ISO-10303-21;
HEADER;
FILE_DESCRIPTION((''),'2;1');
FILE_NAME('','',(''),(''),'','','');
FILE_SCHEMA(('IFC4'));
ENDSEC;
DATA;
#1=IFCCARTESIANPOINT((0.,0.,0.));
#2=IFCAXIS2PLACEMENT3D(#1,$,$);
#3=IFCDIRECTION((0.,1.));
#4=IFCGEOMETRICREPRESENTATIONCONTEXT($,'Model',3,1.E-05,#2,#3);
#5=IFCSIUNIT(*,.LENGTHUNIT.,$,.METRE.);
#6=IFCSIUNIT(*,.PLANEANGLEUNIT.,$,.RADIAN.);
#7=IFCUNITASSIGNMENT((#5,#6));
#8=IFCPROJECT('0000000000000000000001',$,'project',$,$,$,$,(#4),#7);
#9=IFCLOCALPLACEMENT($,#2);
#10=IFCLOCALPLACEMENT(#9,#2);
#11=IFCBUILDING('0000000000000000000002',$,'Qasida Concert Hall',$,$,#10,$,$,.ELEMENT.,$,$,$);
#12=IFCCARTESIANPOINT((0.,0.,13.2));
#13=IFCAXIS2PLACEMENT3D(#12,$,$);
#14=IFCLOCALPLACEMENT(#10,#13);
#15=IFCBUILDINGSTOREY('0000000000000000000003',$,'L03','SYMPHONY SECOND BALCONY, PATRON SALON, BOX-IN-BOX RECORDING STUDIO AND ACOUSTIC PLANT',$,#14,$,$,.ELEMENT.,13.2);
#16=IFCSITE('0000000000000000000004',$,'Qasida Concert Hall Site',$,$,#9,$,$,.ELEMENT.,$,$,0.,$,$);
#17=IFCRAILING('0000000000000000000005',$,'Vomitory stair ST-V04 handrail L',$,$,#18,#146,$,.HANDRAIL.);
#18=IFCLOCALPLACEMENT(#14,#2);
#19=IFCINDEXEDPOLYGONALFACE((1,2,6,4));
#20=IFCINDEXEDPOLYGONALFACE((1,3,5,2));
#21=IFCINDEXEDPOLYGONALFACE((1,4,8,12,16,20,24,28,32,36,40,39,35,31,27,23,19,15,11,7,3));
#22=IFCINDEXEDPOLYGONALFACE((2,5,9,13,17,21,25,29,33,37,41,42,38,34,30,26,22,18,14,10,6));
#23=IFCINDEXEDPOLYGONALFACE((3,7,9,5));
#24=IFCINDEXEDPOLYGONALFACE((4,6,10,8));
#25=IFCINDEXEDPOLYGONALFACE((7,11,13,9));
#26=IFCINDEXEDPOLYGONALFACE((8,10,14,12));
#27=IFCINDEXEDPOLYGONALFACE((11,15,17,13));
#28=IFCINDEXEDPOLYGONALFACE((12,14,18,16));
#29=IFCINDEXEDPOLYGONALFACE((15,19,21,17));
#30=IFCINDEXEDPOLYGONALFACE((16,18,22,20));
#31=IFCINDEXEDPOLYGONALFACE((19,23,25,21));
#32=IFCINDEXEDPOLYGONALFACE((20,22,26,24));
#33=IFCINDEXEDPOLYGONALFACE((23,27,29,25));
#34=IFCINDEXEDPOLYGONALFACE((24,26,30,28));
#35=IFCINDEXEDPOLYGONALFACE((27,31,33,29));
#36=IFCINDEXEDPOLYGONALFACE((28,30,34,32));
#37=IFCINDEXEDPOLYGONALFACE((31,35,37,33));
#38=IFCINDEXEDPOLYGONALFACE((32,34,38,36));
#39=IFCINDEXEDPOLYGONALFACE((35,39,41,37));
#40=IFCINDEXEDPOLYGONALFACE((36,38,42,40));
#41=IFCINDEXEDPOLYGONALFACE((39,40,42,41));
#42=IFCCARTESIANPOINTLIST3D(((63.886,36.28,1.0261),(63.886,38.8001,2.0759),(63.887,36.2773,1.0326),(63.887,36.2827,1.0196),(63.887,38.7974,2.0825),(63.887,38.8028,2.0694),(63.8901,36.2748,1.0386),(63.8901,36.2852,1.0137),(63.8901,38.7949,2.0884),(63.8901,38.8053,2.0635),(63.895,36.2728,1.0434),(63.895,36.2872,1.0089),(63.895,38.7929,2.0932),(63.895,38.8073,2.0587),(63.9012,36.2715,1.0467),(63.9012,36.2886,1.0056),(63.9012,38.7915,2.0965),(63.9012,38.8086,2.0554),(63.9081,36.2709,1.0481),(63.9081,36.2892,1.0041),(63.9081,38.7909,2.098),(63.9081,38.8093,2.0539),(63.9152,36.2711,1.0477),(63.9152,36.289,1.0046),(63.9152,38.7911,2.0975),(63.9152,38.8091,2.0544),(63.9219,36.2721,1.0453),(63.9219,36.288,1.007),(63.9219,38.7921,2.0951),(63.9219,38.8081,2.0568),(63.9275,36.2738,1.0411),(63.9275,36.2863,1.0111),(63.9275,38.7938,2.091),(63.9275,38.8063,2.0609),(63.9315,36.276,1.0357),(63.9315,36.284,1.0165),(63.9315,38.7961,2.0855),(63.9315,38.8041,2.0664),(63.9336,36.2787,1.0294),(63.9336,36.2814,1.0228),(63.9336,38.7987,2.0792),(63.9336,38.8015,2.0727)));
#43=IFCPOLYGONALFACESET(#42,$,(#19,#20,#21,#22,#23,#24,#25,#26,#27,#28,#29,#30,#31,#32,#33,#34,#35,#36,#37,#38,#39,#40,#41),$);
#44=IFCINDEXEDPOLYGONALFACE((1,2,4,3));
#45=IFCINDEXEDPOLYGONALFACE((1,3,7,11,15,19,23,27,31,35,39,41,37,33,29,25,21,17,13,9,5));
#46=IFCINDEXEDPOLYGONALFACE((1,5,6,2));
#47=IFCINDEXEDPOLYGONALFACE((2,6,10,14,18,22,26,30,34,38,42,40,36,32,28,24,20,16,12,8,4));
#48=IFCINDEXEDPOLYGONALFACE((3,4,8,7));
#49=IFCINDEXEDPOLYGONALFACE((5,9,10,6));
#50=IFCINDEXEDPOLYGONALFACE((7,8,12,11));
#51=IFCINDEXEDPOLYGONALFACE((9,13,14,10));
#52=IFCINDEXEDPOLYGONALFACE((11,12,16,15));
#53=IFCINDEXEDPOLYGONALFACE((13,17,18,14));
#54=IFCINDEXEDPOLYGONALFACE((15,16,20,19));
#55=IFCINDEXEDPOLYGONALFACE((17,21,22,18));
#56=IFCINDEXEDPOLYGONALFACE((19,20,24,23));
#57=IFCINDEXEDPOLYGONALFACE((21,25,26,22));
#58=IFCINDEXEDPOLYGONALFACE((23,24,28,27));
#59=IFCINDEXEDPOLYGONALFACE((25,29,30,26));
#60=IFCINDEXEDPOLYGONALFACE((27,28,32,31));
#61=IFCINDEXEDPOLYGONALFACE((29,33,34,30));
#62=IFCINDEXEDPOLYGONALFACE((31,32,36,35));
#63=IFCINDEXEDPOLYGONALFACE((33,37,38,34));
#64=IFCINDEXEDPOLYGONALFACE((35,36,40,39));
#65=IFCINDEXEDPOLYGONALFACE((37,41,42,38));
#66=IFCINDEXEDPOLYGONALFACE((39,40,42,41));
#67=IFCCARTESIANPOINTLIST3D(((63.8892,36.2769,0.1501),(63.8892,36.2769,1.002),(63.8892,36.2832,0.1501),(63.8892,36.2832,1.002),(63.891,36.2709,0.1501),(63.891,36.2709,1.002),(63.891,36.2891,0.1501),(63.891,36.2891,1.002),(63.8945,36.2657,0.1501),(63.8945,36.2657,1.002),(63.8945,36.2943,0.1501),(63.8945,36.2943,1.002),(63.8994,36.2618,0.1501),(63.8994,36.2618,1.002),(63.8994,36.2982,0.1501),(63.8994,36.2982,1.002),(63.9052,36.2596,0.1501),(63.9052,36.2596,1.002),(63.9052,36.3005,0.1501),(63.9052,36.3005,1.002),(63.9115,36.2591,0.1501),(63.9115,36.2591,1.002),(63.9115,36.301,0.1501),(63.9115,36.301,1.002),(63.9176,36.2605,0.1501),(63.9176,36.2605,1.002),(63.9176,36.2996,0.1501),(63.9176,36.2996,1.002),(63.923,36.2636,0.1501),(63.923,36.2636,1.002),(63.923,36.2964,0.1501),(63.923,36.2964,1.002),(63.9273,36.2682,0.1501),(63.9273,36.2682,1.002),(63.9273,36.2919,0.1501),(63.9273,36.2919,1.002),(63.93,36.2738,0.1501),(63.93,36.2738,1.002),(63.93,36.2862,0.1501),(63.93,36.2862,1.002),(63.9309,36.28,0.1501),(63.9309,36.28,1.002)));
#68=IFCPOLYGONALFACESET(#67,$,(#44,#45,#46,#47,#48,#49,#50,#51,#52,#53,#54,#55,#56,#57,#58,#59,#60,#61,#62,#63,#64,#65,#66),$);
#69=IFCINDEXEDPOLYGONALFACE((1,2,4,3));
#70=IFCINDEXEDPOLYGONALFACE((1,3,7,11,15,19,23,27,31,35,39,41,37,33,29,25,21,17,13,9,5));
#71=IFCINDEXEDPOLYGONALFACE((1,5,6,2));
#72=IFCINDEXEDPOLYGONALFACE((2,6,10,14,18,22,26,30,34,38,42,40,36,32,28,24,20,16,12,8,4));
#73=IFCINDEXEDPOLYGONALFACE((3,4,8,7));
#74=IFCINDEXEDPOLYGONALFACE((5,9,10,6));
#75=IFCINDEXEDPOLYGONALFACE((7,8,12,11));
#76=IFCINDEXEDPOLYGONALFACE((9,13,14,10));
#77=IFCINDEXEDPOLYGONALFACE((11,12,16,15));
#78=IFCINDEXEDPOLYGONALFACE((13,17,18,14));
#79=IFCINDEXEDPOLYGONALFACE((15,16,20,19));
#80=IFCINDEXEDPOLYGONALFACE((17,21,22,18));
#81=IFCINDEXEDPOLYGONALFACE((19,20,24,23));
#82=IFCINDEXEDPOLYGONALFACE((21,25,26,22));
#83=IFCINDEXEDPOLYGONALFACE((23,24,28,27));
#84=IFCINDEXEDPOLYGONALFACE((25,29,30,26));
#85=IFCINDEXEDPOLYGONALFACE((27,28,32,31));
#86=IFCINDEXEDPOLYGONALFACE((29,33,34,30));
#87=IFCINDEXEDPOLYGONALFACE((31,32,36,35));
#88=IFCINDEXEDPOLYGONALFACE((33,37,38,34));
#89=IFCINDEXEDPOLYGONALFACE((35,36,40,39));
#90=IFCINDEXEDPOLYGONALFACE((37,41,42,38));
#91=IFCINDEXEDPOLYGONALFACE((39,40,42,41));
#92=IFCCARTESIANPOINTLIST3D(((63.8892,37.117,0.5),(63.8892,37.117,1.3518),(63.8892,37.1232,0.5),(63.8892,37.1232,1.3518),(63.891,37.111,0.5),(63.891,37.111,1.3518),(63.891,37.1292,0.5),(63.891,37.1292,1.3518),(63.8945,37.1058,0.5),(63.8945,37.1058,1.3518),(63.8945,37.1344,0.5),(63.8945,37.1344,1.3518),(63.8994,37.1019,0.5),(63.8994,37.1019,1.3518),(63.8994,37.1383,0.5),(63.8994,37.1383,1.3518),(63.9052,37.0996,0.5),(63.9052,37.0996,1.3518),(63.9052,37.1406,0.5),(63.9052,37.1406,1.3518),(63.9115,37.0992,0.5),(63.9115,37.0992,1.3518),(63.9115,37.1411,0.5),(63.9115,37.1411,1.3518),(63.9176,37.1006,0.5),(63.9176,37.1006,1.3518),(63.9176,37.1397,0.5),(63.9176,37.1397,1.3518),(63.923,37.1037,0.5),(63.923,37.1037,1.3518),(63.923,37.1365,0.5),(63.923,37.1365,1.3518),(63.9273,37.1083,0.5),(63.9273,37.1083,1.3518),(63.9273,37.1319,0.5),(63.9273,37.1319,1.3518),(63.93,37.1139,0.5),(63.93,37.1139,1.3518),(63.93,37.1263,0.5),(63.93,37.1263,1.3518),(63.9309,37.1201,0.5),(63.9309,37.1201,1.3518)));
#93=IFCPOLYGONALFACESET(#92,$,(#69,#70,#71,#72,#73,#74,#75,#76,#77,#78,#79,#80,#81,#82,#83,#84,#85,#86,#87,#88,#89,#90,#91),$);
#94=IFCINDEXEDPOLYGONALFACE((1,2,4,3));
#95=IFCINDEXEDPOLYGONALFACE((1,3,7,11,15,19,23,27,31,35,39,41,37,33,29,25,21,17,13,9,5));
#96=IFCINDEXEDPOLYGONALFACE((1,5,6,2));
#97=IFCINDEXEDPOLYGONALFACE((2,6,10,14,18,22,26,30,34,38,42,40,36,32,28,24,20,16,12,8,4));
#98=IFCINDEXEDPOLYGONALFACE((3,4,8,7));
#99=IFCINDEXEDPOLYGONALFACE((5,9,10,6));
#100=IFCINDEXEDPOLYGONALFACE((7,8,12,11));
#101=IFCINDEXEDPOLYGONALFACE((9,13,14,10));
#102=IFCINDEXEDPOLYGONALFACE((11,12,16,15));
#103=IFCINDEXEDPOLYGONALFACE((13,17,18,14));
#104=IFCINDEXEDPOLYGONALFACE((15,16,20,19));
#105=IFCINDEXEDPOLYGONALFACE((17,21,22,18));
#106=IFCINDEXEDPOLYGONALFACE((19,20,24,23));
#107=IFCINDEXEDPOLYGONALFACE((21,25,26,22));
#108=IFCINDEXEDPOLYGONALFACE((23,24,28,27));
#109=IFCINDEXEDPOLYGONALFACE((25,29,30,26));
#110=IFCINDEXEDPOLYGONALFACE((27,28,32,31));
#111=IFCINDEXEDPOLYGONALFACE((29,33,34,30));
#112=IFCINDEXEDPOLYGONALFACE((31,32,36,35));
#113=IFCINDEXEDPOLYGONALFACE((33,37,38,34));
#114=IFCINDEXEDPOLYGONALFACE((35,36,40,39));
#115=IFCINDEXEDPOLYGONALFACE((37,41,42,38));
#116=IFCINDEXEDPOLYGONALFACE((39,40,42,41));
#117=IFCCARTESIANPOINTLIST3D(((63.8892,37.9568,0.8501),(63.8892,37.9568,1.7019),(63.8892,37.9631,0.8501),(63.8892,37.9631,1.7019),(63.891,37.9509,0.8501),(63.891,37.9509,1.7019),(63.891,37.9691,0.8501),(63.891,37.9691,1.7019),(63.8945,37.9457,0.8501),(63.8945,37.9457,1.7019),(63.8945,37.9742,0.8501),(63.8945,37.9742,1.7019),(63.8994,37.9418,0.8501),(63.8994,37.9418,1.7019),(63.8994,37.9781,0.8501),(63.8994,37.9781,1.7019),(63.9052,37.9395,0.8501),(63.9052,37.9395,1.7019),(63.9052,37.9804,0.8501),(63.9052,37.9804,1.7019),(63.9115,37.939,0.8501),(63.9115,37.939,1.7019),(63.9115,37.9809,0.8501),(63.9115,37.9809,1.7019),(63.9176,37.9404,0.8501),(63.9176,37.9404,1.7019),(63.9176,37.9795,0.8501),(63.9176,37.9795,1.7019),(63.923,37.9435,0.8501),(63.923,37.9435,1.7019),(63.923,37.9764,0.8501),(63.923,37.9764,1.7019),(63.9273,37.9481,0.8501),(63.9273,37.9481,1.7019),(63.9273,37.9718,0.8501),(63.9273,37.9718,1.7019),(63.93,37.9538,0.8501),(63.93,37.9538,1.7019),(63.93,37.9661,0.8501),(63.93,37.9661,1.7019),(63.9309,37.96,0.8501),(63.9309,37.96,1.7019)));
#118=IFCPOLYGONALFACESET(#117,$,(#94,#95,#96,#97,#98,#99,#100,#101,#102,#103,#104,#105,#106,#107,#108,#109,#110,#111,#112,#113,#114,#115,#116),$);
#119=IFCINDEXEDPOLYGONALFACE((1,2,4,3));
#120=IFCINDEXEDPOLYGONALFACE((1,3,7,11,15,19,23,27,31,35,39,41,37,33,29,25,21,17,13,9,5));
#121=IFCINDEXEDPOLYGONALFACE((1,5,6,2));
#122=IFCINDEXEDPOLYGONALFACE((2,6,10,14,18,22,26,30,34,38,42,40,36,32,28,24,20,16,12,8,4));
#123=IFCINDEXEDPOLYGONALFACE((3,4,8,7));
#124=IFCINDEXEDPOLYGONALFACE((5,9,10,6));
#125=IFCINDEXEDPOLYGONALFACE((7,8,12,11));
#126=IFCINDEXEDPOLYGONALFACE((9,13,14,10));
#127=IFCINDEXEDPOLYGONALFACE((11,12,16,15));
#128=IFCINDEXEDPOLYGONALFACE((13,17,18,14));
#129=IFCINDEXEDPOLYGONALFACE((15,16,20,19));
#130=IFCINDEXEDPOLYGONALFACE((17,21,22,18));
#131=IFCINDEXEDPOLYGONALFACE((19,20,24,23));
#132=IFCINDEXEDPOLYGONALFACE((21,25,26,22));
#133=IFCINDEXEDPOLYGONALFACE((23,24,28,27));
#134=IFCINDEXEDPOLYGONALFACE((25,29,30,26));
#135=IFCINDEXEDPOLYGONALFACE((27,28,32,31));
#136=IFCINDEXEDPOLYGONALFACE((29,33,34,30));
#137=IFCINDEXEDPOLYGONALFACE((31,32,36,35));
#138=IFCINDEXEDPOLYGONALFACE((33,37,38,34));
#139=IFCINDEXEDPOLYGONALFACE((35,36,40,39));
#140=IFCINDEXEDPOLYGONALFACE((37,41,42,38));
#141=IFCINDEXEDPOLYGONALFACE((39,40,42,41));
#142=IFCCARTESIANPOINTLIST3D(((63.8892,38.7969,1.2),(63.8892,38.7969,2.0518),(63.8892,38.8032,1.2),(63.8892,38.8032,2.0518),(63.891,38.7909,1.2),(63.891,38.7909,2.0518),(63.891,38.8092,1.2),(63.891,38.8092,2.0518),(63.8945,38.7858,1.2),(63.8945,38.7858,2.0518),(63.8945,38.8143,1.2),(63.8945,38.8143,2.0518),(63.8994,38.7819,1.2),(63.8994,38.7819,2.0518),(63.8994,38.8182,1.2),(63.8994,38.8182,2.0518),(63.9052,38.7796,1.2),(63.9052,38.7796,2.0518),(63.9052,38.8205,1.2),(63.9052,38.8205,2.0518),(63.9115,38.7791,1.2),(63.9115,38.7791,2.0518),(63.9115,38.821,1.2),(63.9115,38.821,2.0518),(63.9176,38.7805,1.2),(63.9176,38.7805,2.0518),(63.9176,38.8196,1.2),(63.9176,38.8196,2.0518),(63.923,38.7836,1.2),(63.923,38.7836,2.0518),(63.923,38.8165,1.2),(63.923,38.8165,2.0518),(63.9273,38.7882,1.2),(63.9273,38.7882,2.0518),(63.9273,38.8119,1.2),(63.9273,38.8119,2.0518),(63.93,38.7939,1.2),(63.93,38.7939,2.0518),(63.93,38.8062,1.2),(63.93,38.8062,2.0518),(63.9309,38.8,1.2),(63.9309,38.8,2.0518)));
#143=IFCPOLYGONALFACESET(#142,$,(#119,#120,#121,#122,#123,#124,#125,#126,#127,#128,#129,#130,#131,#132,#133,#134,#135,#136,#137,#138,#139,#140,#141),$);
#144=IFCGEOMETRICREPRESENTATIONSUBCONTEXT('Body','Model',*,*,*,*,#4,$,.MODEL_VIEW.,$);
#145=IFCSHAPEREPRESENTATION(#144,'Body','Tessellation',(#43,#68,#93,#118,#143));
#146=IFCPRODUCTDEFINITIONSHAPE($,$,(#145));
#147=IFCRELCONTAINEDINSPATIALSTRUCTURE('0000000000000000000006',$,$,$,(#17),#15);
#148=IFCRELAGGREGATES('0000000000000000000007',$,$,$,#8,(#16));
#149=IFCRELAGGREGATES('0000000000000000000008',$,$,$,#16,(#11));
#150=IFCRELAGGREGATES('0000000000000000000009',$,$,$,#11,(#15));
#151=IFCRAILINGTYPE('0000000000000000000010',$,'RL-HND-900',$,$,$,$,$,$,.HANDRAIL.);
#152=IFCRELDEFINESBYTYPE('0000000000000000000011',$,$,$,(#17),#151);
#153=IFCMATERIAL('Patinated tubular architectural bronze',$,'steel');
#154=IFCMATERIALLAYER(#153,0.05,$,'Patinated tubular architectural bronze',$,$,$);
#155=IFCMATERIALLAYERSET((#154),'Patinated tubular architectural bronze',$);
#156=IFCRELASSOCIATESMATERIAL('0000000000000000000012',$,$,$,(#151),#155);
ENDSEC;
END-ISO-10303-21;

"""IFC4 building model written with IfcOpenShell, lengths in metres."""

from ifc_helpers import new_model, si_unit, direction, frame, origin, origin_2d, place, context, subcontext, project, spatial, circle, extrude, material, layer, layer_set, type_object, element, save


model = new_model("IFC4")

# Units and contexts
model_context = context("Model", 3, precision=1e-05, world=origin(), true_north=direction((0.0, 1.0)))
body_context = subcontext(model_context, "Body", "Model", "MODEL_VIEW")
ifc_project = project(units=[si_unit("LENGTHUNIT", "METRE"), si_unit("PLANEANGLEUNIT", "RADIAN")], contexts=[model_context])

# Site, building, storey
site_placement = place(None, origin())
site = spatial("IfcSite", under=ifc_project, at=site_placement, Name="Qasida Concert Hall Site", CompositionType="ELEMENT", RefElevation=0.0)
building_placement = place(site_placement, origin())
building = spatial("IfcBuilding", under=site, at=building_placement, Name="Qasida Concert Hall", CompositionType="ELEMENT")
storey_placement = place(building_placement, frame((0.0, 0.0, 13.2)))
storey = spatial("IfcBuildingStorey", under=building, at=storey_placement, Name="L03", Description="SYMPHONY SECOND BALCONY, PATRON SALON, BOX-IN-BOX RECORDING STUDIO AND ACOUSTIC PLANT", CompositionType="ELEMENT", Elevation=13.2)

# Railing
ifc_material_1 = material(Name="Patinated tubular architectural bronze", Category="steel")
ifc_layer_1 = layer(ifc_material_1, 0.05, Name="Patinated tubular architectural bronze")
ifc_layer_set_1 = layer_set([ifc_layer_1], Name="Patinated tubular architectural bronze")
railing_type_1 = type_object("IfcRailingType", Name="RL-HND-900", PredefinedType="HANDRAIL", material=ifc_layer_set_1)
for number, where, name in (
    (1, (63.9099, 36.28, 0.1501), "Vomitory stair ST-V04 handrail L"),
):
    element("IfcRailing", number, at=place(storey_placement, frame(where)), inside=storey, type_object=railing_type_1, Name=name, PredefinedType="HANDRAIL", context=body_context, shape_type="SweptSolid", body=[
        extrude(circle(Radius=0.0239, at=origin_2d()), frame((0.0, 0.0, 0.876), z_axis=(0.0, 0.923103, 0.384552), x_axis=(-1.0, 0.0, 0.0)), (0.0, 0.0, 1.0), 2.73),
        extrude(circle(Radius=0.021, at=origin_2d()), origin(), (0.0, 0.0, 1.0), 0.8518),
        extrude(circle(Radius=0.021, at=origin_2d()), frame((0.0, 0.8401, 0.3499)), (0.0, 0.0, 1.0), 0.8518),
        extrude(circle(Radius=0.021, at=origin_2d()), frame((0.0, 1.6799, 0.7)), (0.0, 0.0, 1.0), 0.8518),
        extrude(circle(Radius=0.021, at=origin_2d()), frame((0.0, 2.52, 1.0498)), (0.0, 0.0, 1.0), 0.8518),
    ])

save(model, "model.ifc")
